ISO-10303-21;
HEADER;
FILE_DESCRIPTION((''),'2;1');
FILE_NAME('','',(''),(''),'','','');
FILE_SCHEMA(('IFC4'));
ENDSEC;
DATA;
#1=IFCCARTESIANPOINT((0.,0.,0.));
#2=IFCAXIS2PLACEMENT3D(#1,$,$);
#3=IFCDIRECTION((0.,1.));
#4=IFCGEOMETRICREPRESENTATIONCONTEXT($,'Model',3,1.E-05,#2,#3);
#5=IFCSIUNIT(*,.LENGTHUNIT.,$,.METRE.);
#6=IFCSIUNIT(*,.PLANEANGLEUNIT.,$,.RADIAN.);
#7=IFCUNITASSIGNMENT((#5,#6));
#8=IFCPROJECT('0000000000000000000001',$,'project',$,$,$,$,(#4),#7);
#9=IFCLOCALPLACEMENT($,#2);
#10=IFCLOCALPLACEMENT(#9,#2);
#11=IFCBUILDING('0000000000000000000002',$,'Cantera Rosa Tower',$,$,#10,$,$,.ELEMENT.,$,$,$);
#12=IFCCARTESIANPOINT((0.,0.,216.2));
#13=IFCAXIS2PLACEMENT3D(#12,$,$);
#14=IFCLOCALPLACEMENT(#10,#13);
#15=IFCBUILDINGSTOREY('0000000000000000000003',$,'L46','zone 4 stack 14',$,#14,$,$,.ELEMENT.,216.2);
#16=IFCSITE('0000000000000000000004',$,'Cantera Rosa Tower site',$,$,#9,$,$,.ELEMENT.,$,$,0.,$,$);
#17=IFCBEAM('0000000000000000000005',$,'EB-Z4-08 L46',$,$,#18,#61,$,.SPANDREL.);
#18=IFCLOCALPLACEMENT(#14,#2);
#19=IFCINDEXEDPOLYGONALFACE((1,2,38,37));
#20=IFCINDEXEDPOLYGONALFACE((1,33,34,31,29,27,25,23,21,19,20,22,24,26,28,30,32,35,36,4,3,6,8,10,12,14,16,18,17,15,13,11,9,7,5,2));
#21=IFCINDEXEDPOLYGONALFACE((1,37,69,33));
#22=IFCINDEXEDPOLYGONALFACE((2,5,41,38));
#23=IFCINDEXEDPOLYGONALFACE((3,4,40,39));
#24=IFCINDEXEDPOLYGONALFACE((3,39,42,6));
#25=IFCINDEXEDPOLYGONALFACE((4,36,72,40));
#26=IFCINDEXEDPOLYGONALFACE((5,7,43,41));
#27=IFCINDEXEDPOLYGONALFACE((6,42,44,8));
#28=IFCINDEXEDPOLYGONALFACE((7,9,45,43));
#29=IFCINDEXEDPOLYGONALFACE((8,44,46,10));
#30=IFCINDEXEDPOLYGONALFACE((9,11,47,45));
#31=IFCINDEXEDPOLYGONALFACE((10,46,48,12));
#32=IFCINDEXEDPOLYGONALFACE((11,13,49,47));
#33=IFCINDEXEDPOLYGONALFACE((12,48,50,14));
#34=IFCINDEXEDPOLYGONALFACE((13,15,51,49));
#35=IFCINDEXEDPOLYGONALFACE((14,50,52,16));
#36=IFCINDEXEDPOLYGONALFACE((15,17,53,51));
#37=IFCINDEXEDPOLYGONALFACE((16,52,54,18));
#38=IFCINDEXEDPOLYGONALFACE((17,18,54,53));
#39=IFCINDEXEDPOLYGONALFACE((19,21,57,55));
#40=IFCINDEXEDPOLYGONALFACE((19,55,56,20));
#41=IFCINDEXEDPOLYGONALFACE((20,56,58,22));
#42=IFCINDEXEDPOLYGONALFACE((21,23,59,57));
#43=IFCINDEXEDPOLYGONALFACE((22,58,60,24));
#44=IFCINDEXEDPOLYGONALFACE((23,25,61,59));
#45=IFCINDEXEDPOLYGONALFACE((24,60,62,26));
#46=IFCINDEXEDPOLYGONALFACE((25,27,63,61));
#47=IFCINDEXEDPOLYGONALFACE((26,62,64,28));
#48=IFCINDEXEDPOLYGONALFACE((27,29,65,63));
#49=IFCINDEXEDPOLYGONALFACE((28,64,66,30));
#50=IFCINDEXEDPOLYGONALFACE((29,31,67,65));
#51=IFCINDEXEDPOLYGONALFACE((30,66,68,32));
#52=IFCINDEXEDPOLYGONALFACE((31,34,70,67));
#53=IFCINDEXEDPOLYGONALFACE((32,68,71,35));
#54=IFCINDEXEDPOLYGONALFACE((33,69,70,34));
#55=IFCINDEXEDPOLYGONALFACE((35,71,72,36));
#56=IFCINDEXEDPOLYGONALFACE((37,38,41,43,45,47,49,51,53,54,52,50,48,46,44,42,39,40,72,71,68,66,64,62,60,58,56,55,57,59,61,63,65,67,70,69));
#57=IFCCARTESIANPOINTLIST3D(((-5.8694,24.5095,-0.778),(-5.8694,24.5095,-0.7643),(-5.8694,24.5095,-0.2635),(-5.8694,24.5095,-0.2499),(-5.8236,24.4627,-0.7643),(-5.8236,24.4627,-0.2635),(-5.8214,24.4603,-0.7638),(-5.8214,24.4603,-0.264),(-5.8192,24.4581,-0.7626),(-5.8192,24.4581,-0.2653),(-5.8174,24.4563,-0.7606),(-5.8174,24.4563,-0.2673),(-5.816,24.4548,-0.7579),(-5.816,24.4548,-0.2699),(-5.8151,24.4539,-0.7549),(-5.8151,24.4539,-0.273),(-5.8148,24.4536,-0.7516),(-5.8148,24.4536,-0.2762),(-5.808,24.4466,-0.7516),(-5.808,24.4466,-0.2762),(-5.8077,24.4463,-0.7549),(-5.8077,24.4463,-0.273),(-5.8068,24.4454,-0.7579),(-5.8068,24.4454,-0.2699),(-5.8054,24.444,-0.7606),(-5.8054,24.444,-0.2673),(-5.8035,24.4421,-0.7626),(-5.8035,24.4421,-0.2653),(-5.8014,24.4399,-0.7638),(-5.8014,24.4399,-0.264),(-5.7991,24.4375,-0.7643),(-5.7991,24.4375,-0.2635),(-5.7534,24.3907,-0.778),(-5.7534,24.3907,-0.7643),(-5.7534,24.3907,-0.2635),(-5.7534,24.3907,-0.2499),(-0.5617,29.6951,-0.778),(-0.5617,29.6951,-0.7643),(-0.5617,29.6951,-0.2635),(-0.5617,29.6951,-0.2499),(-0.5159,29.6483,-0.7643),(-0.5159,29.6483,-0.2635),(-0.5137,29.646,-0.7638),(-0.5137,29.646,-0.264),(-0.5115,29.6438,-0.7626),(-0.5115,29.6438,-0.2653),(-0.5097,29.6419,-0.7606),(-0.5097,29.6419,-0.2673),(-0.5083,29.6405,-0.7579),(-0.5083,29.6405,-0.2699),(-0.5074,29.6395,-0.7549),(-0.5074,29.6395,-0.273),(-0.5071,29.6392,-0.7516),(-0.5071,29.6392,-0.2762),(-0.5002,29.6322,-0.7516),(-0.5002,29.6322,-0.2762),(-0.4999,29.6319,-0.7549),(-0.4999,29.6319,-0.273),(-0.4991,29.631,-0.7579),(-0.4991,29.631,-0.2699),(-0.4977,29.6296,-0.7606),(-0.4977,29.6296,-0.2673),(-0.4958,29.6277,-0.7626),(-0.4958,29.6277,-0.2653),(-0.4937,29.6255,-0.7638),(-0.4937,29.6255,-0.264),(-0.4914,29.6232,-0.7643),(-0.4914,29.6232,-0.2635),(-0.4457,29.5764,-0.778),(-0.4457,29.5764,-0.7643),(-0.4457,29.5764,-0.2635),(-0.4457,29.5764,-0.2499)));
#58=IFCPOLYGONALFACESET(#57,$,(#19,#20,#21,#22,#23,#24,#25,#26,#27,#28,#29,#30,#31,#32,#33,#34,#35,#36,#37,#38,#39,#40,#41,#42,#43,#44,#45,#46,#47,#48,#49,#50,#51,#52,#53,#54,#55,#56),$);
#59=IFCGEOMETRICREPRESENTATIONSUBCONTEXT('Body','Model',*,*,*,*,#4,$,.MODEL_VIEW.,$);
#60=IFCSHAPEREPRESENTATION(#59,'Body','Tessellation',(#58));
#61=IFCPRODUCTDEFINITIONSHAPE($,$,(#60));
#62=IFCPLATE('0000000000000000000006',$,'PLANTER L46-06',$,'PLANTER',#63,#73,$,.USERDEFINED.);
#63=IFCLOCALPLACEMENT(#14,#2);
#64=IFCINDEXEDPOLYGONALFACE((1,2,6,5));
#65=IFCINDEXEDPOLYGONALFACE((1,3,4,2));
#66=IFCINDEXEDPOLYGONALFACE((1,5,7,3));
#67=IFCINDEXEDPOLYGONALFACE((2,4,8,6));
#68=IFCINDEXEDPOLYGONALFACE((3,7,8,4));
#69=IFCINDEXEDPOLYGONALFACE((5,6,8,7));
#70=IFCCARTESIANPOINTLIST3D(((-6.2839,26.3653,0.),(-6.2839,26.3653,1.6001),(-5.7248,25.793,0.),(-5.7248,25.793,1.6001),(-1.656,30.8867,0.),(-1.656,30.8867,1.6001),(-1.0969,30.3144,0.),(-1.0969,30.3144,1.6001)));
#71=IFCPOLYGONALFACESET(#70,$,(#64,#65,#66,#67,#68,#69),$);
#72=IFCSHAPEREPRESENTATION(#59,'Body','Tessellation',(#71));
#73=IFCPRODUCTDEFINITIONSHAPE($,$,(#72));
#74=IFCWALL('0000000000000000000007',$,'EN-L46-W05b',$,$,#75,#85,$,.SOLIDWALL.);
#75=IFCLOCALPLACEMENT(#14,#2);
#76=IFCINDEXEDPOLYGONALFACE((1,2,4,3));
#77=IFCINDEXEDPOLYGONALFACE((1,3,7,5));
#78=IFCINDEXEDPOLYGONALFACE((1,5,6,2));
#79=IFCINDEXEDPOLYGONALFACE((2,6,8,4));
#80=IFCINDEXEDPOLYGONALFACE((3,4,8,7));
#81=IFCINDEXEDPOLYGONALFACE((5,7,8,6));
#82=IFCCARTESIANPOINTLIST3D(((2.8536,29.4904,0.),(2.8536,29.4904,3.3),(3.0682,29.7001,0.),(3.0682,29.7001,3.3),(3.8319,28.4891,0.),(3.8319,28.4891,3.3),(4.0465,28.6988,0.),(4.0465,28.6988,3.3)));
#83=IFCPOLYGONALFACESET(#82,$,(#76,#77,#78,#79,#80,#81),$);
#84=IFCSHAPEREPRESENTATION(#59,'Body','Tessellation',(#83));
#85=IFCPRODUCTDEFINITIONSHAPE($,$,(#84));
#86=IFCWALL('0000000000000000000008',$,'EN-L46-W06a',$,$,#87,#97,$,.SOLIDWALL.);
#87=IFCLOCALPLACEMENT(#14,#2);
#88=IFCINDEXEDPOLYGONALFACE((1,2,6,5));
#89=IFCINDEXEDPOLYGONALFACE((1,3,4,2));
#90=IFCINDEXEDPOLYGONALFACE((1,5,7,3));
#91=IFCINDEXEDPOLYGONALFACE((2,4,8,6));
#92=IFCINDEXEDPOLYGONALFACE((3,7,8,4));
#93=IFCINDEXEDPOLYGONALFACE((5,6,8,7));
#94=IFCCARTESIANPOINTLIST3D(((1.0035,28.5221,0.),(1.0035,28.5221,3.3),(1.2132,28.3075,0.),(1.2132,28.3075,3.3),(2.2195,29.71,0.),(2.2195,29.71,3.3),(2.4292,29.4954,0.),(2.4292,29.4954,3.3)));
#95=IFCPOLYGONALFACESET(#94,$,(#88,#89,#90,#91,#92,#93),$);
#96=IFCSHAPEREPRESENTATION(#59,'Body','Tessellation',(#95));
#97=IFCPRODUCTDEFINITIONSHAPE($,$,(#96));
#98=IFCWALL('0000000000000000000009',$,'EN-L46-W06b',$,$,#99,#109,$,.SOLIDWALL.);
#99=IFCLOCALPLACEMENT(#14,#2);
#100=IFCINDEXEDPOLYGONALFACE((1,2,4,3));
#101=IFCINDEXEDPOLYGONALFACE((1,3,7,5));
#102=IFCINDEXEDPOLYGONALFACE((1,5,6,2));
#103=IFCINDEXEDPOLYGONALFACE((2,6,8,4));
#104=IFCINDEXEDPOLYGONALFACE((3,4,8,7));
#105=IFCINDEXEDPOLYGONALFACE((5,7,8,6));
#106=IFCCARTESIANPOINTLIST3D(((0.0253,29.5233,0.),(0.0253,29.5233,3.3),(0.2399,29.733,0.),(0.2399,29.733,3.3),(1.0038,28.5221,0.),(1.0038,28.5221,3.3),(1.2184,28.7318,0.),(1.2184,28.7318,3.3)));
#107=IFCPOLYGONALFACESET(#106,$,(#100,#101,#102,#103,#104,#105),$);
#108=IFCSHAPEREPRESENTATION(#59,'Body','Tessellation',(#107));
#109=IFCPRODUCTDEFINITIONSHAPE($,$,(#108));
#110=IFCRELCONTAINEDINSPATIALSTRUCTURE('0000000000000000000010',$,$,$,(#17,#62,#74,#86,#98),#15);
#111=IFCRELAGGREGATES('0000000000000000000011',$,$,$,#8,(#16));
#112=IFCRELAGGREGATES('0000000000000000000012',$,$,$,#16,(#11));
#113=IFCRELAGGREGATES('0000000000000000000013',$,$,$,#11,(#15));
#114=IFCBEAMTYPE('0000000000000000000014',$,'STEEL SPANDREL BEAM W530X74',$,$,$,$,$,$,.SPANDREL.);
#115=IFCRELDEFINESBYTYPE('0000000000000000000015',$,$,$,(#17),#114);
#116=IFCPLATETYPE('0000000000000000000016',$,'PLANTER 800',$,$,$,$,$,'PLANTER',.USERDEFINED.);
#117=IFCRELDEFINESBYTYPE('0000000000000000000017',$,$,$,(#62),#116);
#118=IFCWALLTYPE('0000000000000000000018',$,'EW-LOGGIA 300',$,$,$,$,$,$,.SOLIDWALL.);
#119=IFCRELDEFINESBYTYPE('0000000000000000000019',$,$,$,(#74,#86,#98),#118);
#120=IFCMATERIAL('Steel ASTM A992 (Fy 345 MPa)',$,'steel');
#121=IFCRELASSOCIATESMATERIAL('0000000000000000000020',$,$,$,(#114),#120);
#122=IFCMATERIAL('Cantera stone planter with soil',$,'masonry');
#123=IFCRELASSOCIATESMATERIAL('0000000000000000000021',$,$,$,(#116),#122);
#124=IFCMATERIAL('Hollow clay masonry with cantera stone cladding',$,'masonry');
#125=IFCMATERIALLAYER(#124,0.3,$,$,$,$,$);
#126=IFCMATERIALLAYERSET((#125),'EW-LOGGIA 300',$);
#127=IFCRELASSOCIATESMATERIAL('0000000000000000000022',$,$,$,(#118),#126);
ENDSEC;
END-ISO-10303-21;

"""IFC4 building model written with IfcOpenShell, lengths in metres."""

from ifc_helpers import new_model, si_unit, direction, frame, frame_2d, origin, origin_2d, place, context, subcontext, project, spatial, rectangle, i_section, extrude, material, layer, layer_set, material_profile, profile_set, type_object, element, save


model = new_model("IFC4")

# Units and contexts
model_context = context("Model", 3, precision=1e-05, world=origin(), true_north=direction((0.0, 1.0)))
body_context = subcontext(model_context, "Body", "Model", "MODEL_VIEW")
ifc_project = project(units=[si_unit("LENGTHUNIT", "METRE"), si_unit("PLANEANGLEUNIT", "RADIAN")], contexts=[model_context])

# Site, building, storey
site_placement = place(None, origin())
site = spatial("IfcSite", under=ifc_project, at=site_placement, Name="Cantera Rosa Tower site", CompositionType="ELEMENT", RefElevation=0.0)
building_placement = place(site_placement, origin())
building = spatial("IfcBuilding", under=site, at=building_placement, Name="Cantera Rosa Tower", CompositionType="ELEMENT")
storey_placement = place(building_placement, frame((0.0, 0.0, 216.2)))
storey = spatial("IfcBuildingStorey", under=building, at=storey_placement, Name="L46", Description="zone 4 stack 14", CompositionType="ELEMENT", Elevation=216.2)

# Beam
ifc_material_1 = material(Name="Steel ASTM A992 (Fy 345 MPa)", Category="steel")
ifc_material_profile_1 = material_profile(ifc_material_1, i_section(OverallWidth=0.166, OverallDepth=0.5281, WebThickness=0.0098, FlangeThickness=0.0137, FilletRadius=0.0127, at=origin_2d()), Name="W530X74")
ifc_profile_set_1 = profile_set([ifc_material_profile_1], Name="Steel ASTM A992 (Fy 345 MPa)")
beam_type_1 = type_object("IfcBeamType", Name="STEEL SPANDREL BEAM W530X74", PredefinedType="SPANDREL", material=ifc_profile_set_1)
beam_1_placement = place(storey_placement, frame((-0.5037, 29.6357, -0.5139), z_axis=(-0.715284, -0.698833, 0.0), x_axis=(0.698833, -0.715284, 0.0)))
element("IfcBeam", 1, at=beam_1_placement, inside=storey, type_object=beam_type_1, Name="EB-Z4-08 L46", PredefinedType="SPANDREL", context=body_context, shape_type="SweptSolid", body=[
    extrude(i_section(OverallWidth=0.166, OverallDepth=0.5281, WebThickness=0.0098, FlangeThickness=0.0137, FilletRadius=0.0127, at=origin_2d()), origin(), (0.0, 0.0, 1.0), 7.4204),
])

# Plate
ifc_material_2 = material(Name="Cantera stone planter with soil", Category="masonry")
plate_type = type_object("IfcPlateType", Name="PLANTER 800", ElementType="PLANTER", PredefinedType="USERDEFINED", material=ifc_material_2)
plate_placement = place(storey_placement, frame((-3.6904, 28.3398, 0.0), z_axis=(0.0, 0.0, 1.0), x_axis=(-0.715286, -0.698832, 0.0)))
element("IfcPlate", 2, at=plate_placement, inside=storey, type_object=plate_type, Name="PLANTER L46-06", ObjectType="PLANTER", PredefinedType="USERDEFINED", context=body_context, shape_type="SweptSolid", body=[
    extrude(rectangle(XDim=6.47, YDim=0.8, at=origin_2d()), origin(), (0.0, 0.0, 1.0), 1.6001),
])

# Walls
ifc_material_3 = material(Name="Hollow clay masonry with cantera stone cladding", Category="masonry")
ifc_layer_1 = layer(ifc_material_3, 0.3)
ifc_layer_set_1 = layer_set([ifc_layer_1], Name="EW-LOGGIA 300")
wall_type_1 = type_object("IfcWallType", Name="EW-LOGGIA 300", PredefinedType="SOLIDWALL", material=ifc_layer_set_1)
wall_1_placement = place(storey_placement, frame((3.9392, 28.594, 0.0), z_axis=(0.0, 0.0, 1.0), x_axis=(-0.698862, 0.715257, 0.0)))
element("IfcWall", 3, at=wall_1_placement, inside=storey, type_object=wall_type_1, Name="EN-L46-W05b", PredefinedType="SOLIDWALL", context=body_context, shape_type="SweptSolid", body=[
    extrude(rectangle(XDim=1.3999, YDim=0.3, at=frame_2d((0.7, 0.0))), origin(), (0.0, 0.0, 1.0), 3.3),
])
wall_2_placement = place(storey_placement, frame((2.3245, 29.6028, 0.0), z_axis=(0.0, 0.0, 1.0), x_axis=(-0.715316, -0.698801, 0.0)))
element("IfcWall", 4, at=wall_2_placement, inside=storey, type_object=wall_type_1, Name="EN-L46-W06a", PredefinedType="SOLIDWALL", context=body_context, shape_type="SweptSolid", body=[
    extrude(rectangle(XDim=1.7, YDim=0.3, at=frame_2d((0.8501, 0.0))), origin(), (0.0, 0.0, 1.0), 3.3),
])
wall_3_placement = place(storey_placement, frame((1.1111, 28.627, 0.0), z_axis=(0.0, 0.0, 1.0), x_axis=(-0.698951, 0.715169, 0.0)))
element("IfcWall", 5, at=wall_3_placement, inside=storey, type_object=wall_type_1, Name="EN-L46-W06b", PredefinedType="SOLIDWALL", context=body_context, shape_type="SweptSolid", body=[
    extrude(rectangle(XDim=1.3999, YDim=0.3, at=frame_2d((0.7, 0.0))), origin(), (0.0, 0.0, 1.0), 3.3),
])

save(model, "model.ifc")
